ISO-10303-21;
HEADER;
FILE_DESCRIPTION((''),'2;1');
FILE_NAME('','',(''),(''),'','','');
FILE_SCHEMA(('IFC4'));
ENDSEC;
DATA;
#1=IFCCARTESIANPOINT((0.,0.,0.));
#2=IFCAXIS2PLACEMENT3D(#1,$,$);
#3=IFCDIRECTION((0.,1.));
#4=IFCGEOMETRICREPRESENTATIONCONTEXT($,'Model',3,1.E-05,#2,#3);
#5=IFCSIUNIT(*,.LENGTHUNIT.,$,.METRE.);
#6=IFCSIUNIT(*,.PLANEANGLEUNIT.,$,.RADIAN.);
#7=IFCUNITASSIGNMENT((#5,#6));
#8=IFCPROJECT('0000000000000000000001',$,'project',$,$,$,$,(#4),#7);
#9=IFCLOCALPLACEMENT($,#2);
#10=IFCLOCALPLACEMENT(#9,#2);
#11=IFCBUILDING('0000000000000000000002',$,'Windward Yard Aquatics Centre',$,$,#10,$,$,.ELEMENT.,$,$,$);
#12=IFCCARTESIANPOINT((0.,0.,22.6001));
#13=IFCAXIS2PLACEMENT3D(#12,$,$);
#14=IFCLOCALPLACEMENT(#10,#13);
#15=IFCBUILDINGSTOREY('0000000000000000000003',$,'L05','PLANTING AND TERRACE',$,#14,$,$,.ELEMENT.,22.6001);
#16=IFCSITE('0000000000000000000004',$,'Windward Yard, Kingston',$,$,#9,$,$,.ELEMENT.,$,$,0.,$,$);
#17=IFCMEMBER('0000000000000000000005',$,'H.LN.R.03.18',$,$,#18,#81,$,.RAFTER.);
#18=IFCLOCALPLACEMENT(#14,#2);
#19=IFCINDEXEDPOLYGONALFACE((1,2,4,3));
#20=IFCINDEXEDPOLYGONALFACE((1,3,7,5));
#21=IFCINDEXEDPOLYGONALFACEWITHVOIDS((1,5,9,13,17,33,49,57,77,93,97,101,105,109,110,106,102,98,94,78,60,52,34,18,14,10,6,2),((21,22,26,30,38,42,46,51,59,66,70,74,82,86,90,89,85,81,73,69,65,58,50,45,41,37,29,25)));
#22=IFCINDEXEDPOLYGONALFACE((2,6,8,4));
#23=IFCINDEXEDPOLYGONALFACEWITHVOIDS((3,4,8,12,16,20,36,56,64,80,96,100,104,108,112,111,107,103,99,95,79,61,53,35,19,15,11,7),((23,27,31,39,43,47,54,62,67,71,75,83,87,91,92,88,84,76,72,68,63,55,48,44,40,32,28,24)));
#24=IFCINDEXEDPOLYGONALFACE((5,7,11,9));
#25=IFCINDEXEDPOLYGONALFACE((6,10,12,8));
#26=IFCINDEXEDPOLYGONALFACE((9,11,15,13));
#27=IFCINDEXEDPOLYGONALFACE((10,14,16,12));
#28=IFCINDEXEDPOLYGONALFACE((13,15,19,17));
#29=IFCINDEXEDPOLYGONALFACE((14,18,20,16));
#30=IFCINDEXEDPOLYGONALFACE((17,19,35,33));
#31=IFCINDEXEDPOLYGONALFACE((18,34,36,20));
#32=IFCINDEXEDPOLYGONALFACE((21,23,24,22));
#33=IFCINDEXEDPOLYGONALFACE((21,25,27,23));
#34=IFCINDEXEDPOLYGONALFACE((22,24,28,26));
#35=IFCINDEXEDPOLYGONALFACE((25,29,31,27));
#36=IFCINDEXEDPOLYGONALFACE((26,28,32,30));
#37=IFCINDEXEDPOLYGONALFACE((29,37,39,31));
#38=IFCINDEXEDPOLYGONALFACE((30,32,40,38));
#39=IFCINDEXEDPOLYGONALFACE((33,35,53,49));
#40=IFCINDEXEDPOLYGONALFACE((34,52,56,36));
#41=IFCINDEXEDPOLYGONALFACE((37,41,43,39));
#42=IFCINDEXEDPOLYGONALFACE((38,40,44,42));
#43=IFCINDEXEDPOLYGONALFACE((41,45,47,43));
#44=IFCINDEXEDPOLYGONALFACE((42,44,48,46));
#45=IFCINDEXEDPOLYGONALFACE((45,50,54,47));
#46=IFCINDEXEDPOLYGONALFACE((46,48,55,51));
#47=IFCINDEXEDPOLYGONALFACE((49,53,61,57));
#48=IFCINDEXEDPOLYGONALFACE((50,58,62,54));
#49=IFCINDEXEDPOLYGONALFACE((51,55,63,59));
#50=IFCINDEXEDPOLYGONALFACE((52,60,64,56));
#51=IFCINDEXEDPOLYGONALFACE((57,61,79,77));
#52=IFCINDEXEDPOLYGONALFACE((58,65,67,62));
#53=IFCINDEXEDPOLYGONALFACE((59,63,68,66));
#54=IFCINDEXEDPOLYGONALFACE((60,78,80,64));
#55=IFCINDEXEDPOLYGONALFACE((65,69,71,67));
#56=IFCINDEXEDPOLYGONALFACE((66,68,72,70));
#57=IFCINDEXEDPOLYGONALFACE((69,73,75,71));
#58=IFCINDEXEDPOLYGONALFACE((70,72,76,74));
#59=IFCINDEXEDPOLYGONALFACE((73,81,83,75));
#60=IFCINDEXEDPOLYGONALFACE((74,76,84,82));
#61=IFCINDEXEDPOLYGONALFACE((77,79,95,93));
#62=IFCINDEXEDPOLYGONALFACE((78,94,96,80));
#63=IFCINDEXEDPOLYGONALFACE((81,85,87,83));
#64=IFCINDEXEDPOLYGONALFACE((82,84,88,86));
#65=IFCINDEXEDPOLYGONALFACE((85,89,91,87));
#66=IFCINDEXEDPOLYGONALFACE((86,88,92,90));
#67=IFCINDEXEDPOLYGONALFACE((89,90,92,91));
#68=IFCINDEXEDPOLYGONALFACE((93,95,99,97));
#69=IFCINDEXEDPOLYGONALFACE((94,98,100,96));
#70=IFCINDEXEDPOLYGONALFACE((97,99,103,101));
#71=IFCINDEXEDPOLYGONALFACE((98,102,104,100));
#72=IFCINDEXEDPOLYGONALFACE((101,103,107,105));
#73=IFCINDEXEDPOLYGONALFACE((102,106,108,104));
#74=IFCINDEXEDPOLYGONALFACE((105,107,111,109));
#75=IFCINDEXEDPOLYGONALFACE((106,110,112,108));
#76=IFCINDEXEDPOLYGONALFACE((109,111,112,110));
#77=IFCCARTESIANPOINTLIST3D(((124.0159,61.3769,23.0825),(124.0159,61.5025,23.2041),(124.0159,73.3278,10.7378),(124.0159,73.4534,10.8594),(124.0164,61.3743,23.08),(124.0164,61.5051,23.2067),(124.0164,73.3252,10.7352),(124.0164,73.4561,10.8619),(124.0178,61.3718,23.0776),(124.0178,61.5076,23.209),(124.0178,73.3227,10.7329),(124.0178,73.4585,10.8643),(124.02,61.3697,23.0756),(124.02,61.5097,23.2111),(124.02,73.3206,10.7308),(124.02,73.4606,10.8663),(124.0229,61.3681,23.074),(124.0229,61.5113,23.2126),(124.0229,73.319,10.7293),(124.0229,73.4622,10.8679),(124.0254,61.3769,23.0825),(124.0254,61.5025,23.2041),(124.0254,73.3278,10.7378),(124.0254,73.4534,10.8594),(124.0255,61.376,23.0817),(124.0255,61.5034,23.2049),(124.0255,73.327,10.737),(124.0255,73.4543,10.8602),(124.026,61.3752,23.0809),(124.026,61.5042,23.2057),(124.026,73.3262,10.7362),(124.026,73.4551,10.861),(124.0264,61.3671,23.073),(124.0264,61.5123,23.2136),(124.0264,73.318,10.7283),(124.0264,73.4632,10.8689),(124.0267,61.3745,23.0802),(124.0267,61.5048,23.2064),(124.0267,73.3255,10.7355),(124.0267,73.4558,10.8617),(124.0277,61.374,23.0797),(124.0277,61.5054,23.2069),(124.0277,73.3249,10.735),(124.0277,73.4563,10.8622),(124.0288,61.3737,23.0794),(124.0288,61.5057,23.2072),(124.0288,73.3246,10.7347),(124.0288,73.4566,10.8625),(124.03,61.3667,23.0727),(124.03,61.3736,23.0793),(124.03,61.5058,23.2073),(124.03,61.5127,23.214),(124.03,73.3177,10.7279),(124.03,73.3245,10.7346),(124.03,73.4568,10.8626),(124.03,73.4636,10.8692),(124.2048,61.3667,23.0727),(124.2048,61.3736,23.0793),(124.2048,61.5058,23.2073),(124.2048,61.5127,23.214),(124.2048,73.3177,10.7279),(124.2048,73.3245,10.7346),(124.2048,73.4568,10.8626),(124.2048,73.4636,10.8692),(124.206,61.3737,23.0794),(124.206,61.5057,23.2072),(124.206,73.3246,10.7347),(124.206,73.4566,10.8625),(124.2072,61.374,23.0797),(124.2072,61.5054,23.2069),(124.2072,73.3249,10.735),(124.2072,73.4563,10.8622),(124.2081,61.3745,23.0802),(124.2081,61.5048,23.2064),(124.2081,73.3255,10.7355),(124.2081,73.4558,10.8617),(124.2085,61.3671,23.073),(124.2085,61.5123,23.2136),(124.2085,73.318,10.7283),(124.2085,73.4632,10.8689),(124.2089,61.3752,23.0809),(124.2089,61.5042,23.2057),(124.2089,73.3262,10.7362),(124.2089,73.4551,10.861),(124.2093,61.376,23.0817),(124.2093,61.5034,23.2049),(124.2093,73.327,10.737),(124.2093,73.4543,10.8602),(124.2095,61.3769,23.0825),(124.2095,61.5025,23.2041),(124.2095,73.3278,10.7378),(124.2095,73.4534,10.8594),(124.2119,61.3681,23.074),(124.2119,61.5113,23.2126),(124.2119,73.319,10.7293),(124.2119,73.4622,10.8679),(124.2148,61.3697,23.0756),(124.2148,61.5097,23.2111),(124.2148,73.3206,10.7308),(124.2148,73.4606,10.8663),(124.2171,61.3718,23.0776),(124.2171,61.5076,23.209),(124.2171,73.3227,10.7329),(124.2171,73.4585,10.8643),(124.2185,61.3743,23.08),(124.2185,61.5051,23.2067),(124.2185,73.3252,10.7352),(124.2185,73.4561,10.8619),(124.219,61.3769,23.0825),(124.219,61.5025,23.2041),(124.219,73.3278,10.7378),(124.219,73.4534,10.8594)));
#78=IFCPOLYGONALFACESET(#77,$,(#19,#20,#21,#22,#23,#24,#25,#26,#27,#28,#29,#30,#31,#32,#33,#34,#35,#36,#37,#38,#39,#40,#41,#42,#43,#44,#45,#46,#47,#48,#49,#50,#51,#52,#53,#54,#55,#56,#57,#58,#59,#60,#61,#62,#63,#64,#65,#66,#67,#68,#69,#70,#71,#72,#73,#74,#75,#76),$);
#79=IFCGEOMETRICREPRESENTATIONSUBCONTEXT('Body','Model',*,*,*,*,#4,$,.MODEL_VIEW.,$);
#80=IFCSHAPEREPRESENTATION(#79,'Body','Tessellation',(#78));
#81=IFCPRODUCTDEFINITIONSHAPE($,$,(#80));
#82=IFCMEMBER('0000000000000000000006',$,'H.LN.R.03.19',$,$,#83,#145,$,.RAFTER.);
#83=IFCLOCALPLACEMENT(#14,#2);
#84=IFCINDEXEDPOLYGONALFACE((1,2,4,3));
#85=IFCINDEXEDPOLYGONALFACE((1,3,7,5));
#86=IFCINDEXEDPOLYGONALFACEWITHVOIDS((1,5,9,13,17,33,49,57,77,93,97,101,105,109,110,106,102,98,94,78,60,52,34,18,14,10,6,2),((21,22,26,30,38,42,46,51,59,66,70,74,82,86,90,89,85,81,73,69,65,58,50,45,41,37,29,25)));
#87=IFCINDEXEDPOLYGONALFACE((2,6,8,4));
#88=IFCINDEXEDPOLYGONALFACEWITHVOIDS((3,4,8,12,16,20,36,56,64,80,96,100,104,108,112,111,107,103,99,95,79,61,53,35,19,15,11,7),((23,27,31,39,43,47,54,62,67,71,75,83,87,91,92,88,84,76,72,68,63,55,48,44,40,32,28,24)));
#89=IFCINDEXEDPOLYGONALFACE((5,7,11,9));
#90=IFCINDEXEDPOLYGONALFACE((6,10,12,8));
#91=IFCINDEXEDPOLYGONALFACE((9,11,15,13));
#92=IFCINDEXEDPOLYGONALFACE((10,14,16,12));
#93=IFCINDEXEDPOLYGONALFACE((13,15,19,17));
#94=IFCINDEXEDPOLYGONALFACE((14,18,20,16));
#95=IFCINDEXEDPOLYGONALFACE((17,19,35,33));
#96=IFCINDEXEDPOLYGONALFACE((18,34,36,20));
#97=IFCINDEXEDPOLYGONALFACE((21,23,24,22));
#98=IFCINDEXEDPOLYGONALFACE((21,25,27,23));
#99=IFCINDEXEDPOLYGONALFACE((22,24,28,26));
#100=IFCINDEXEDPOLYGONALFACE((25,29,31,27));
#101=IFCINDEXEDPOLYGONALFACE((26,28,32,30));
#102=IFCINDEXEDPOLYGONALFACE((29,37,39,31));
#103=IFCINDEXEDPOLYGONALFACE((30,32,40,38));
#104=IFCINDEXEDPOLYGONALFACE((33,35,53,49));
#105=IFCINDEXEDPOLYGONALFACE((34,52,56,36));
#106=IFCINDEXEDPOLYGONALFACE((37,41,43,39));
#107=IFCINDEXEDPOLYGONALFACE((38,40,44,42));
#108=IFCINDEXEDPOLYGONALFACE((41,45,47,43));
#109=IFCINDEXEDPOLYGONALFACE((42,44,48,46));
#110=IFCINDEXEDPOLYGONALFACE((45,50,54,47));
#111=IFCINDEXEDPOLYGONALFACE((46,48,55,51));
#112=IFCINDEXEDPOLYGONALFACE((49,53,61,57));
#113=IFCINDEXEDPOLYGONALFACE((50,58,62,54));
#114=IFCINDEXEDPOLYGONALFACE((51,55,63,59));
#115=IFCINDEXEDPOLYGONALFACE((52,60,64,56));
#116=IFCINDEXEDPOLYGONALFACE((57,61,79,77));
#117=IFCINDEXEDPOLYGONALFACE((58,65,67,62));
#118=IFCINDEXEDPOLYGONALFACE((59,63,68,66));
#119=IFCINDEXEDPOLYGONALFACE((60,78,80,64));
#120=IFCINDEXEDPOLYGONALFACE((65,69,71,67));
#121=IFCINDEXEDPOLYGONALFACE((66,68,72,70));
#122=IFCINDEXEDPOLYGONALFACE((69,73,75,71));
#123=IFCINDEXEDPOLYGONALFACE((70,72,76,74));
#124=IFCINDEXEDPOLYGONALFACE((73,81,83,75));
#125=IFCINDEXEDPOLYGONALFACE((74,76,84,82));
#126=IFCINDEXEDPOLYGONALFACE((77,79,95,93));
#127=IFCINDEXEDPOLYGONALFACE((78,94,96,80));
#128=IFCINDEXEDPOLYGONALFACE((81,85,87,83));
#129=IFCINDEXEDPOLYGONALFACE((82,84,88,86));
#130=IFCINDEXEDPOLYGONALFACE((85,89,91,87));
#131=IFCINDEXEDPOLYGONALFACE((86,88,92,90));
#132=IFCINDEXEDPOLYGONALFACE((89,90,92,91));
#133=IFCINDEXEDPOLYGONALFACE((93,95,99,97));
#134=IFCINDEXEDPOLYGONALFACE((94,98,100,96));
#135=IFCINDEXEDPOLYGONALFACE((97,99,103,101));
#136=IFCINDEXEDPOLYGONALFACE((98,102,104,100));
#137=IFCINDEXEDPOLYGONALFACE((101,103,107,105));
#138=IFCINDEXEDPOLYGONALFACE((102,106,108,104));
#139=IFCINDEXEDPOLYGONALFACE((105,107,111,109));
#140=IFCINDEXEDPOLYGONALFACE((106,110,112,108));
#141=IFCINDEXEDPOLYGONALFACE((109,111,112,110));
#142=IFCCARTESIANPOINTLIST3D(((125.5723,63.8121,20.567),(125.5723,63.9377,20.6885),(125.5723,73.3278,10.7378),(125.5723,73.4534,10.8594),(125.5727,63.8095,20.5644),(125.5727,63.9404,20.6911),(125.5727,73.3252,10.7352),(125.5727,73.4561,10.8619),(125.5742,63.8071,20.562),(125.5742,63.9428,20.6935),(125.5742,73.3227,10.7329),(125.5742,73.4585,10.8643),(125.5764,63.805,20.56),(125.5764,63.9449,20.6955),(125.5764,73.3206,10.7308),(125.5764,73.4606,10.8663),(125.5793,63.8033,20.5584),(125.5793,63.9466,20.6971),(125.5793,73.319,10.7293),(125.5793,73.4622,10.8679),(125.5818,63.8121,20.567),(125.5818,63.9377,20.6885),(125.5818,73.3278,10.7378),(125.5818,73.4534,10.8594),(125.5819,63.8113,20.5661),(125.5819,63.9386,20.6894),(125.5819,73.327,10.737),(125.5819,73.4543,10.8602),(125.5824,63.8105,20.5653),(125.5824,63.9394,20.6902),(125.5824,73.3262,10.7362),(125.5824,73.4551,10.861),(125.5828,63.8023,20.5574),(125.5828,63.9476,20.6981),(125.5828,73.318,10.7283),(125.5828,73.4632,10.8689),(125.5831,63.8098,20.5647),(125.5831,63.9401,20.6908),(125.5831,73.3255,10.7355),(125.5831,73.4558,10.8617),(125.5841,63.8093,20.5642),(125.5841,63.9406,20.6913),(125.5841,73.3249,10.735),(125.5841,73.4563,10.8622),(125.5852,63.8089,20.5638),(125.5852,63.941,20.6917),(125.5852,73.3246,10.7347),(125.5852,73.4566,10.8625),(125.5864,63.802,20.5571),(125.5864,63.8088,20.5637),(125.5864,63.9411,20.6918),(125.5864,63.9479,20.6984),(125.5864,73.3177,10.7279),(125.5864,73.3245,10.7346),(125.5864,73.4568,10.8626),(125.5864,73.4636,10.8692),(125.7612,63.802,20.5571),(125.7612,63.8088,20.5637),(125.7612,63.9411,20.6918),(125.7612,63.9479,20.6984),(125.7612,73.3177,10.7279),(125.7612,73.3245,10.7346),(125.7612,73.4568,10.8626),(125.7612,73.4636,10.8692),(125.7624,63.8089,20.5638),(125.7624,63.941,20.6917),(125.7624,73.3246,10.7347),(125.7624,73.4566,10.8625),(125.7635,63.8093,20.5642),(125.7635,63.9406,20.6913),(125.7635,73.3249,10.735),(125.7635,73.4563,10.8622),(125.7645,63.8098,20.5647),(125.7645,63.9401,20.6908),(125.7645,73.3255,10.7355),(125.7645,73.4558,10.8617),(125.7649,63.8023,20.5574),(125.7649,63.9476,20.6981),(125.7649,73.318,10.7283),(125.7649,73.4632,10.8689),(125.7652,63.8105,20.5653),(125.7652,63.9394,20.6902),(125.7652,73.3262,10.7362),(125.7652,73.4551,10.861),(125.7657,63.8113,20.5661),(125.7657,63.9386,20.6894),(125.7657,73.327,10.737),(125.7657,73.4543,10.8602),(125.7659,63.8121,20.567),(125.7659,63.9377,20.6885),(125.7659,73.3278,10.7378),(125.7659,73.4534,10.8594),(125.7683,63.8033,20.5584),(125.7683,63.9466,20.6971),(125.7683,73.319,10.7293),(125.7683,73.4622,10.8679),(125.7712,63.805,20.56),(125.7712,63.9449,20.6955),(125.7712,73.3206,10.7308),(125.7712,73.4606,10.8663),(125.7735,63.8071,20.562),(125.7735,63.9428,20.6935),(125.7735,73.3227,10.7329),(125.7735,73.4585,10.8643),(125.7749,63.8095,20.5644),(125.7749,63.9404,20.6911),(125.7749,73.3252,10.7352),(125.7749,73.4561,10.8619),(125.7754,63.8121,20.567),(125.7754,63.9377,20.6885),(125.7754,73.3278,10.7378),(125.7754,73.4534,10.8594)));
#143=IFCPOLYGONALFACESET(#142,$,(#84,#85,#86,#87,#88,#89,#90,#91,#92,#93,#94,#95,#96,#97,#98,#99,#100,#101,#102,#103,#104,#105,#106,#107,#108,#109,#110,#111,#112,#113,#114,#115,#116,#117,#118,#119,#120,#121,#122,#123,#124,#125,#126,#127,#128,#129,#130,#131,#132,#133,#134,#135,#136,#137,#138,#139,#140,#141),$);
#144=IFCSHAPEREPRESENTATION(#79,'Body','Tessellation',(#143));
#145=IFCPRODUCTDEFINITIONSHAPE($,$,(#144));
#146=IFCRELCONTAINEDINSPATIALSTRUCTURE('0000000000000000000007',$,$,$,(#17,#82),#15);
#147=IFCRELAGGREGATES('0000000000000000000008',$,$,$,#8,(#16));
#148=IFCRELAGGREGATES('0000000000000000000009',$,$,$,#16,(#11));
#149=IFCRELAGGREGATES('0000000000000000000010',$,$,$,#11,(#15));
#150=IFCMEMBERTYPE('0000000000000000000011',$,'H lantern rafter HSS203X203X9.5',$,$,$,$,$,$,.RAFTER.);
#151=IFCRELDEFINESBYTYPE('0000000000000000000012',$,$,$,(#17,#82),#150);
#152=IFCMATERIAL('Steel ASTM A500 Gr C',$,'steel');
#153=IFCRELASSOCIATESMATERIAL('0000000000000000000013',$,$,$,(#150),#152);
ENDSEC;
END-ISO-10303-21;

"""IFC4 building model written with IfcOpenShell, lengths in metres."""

from ifc_helpers import new_model, si_unit, direction, frame, origin, origin_2d, place, context, subcontext, project, spatial, hollow_rectangle, extrude, material, material_profile, profile_set, type_object, element, save


model = new_model("IFC4")

# Units and contexts
model_context = context("Model", 3, precision=1e-05, world=origin(), true_north=direction((0.0, 1.0)))
body_context = subcontext(model_context, "Body", "Model", "MODEL_VIEW")
ifc_project = project(units=[si_unit("LENGTHUNIT", "METRE"), si_unit("PLANEANGLEUNIT", "RADIAN")], contexts=[model_context])

# Site, building, storey
site_placement = place(None, origin())
site = spatial("IfcSite", under=ifc_project, at=site_placement, Name="Windward Yard, Kingston", CompositionType="ELEMENT", RefElevation=0.0)
building_placement = place(site_placement, origin())
building = spatial("IfcBuilding", under=site, at=building_placement, Name="Windward Yard Aquatics Centre", CompositionType="ELEMENT")
storey_placement = place(building_placement, frame((0.0, 0.0, 22.6001)))
storey = spatial("IfcBuildingStorey", under=building, at=storey_placement, Name="L05", Description="PLANTING AND TERRACE", CompositionType="ELEMENT", Elevation=22.6001)

# Members
ifc_material_1 = material(Name="Steel ASTM A500 Gr C", Category="steel")
ifc_material_profile_1 = material_profile(ifc_material_1, hollow_rectangle(XDim=0.2031, YDim=0.2031, WallThickness=0.0095, InnerFilletRadius=0.0046, OuterFilletRadius=0.0142, at=origin_2d()), Name="HSS203X203X9.5")
ifc_profile_set_1 = profile_set([ifc_material_profile_1], Name="Steel ASTM A500 Gr C")
member_type_1 = type_object("IfcMemberType", Name="H lantern rafter HSS203X203X9.5", PredefinedType="RAFTER", material=ifc_profile_set_1)
member_1_placement = place(storey_placement, frame((124.1174, 73.3906, 10.7986), z_axis=(0.0, -0.695554, 0.718474), x_axis=(1.0, 0.0, 0.0)))
element("IfcMember", 1, at=member_1_placement, inside=storey, type_object=member_type_1, Name="H.LN.R.03.18", PredefinedType="RAFTER", context=body_context, shape_type="SweptSolid", body=[
    extrude(hollow_rectangle(XDim=0.2031, YDim=0.2031, WallThickness=0.0095, InnerFilletRadius=0.0046, OuterFilletRadius=0.0142, at=origin_2d()), origin(), (0.0, 0.0, 1.0), 17.1819),
])
member_2_placement = place(storey_placement, frame((125.6738, 73.3906, 10.7986), z_axis=(0.0, -0.695557, 0.718471), x_axis=(1.0, 0.0, 0.0)))
element("IfcMember", 2, at=member_2_placement, inside=storey, type_object=member_type_1, Name="H.LN.R.03.19", PredefinedType="RAFTER", context=body_context, shape_type="SweptSolid", body=[
    extrude(hollow_rectangle(XDim=0.2031, YDim=0.2031, WallThickness=0.0095, InnerFilletRadius=0.0046, OuterFilletRadius=0.0142, at=origin_2d()), origin(), (0.0, 0.0, 1.0), 13.6807),
])

save(model, "model.ifc")
